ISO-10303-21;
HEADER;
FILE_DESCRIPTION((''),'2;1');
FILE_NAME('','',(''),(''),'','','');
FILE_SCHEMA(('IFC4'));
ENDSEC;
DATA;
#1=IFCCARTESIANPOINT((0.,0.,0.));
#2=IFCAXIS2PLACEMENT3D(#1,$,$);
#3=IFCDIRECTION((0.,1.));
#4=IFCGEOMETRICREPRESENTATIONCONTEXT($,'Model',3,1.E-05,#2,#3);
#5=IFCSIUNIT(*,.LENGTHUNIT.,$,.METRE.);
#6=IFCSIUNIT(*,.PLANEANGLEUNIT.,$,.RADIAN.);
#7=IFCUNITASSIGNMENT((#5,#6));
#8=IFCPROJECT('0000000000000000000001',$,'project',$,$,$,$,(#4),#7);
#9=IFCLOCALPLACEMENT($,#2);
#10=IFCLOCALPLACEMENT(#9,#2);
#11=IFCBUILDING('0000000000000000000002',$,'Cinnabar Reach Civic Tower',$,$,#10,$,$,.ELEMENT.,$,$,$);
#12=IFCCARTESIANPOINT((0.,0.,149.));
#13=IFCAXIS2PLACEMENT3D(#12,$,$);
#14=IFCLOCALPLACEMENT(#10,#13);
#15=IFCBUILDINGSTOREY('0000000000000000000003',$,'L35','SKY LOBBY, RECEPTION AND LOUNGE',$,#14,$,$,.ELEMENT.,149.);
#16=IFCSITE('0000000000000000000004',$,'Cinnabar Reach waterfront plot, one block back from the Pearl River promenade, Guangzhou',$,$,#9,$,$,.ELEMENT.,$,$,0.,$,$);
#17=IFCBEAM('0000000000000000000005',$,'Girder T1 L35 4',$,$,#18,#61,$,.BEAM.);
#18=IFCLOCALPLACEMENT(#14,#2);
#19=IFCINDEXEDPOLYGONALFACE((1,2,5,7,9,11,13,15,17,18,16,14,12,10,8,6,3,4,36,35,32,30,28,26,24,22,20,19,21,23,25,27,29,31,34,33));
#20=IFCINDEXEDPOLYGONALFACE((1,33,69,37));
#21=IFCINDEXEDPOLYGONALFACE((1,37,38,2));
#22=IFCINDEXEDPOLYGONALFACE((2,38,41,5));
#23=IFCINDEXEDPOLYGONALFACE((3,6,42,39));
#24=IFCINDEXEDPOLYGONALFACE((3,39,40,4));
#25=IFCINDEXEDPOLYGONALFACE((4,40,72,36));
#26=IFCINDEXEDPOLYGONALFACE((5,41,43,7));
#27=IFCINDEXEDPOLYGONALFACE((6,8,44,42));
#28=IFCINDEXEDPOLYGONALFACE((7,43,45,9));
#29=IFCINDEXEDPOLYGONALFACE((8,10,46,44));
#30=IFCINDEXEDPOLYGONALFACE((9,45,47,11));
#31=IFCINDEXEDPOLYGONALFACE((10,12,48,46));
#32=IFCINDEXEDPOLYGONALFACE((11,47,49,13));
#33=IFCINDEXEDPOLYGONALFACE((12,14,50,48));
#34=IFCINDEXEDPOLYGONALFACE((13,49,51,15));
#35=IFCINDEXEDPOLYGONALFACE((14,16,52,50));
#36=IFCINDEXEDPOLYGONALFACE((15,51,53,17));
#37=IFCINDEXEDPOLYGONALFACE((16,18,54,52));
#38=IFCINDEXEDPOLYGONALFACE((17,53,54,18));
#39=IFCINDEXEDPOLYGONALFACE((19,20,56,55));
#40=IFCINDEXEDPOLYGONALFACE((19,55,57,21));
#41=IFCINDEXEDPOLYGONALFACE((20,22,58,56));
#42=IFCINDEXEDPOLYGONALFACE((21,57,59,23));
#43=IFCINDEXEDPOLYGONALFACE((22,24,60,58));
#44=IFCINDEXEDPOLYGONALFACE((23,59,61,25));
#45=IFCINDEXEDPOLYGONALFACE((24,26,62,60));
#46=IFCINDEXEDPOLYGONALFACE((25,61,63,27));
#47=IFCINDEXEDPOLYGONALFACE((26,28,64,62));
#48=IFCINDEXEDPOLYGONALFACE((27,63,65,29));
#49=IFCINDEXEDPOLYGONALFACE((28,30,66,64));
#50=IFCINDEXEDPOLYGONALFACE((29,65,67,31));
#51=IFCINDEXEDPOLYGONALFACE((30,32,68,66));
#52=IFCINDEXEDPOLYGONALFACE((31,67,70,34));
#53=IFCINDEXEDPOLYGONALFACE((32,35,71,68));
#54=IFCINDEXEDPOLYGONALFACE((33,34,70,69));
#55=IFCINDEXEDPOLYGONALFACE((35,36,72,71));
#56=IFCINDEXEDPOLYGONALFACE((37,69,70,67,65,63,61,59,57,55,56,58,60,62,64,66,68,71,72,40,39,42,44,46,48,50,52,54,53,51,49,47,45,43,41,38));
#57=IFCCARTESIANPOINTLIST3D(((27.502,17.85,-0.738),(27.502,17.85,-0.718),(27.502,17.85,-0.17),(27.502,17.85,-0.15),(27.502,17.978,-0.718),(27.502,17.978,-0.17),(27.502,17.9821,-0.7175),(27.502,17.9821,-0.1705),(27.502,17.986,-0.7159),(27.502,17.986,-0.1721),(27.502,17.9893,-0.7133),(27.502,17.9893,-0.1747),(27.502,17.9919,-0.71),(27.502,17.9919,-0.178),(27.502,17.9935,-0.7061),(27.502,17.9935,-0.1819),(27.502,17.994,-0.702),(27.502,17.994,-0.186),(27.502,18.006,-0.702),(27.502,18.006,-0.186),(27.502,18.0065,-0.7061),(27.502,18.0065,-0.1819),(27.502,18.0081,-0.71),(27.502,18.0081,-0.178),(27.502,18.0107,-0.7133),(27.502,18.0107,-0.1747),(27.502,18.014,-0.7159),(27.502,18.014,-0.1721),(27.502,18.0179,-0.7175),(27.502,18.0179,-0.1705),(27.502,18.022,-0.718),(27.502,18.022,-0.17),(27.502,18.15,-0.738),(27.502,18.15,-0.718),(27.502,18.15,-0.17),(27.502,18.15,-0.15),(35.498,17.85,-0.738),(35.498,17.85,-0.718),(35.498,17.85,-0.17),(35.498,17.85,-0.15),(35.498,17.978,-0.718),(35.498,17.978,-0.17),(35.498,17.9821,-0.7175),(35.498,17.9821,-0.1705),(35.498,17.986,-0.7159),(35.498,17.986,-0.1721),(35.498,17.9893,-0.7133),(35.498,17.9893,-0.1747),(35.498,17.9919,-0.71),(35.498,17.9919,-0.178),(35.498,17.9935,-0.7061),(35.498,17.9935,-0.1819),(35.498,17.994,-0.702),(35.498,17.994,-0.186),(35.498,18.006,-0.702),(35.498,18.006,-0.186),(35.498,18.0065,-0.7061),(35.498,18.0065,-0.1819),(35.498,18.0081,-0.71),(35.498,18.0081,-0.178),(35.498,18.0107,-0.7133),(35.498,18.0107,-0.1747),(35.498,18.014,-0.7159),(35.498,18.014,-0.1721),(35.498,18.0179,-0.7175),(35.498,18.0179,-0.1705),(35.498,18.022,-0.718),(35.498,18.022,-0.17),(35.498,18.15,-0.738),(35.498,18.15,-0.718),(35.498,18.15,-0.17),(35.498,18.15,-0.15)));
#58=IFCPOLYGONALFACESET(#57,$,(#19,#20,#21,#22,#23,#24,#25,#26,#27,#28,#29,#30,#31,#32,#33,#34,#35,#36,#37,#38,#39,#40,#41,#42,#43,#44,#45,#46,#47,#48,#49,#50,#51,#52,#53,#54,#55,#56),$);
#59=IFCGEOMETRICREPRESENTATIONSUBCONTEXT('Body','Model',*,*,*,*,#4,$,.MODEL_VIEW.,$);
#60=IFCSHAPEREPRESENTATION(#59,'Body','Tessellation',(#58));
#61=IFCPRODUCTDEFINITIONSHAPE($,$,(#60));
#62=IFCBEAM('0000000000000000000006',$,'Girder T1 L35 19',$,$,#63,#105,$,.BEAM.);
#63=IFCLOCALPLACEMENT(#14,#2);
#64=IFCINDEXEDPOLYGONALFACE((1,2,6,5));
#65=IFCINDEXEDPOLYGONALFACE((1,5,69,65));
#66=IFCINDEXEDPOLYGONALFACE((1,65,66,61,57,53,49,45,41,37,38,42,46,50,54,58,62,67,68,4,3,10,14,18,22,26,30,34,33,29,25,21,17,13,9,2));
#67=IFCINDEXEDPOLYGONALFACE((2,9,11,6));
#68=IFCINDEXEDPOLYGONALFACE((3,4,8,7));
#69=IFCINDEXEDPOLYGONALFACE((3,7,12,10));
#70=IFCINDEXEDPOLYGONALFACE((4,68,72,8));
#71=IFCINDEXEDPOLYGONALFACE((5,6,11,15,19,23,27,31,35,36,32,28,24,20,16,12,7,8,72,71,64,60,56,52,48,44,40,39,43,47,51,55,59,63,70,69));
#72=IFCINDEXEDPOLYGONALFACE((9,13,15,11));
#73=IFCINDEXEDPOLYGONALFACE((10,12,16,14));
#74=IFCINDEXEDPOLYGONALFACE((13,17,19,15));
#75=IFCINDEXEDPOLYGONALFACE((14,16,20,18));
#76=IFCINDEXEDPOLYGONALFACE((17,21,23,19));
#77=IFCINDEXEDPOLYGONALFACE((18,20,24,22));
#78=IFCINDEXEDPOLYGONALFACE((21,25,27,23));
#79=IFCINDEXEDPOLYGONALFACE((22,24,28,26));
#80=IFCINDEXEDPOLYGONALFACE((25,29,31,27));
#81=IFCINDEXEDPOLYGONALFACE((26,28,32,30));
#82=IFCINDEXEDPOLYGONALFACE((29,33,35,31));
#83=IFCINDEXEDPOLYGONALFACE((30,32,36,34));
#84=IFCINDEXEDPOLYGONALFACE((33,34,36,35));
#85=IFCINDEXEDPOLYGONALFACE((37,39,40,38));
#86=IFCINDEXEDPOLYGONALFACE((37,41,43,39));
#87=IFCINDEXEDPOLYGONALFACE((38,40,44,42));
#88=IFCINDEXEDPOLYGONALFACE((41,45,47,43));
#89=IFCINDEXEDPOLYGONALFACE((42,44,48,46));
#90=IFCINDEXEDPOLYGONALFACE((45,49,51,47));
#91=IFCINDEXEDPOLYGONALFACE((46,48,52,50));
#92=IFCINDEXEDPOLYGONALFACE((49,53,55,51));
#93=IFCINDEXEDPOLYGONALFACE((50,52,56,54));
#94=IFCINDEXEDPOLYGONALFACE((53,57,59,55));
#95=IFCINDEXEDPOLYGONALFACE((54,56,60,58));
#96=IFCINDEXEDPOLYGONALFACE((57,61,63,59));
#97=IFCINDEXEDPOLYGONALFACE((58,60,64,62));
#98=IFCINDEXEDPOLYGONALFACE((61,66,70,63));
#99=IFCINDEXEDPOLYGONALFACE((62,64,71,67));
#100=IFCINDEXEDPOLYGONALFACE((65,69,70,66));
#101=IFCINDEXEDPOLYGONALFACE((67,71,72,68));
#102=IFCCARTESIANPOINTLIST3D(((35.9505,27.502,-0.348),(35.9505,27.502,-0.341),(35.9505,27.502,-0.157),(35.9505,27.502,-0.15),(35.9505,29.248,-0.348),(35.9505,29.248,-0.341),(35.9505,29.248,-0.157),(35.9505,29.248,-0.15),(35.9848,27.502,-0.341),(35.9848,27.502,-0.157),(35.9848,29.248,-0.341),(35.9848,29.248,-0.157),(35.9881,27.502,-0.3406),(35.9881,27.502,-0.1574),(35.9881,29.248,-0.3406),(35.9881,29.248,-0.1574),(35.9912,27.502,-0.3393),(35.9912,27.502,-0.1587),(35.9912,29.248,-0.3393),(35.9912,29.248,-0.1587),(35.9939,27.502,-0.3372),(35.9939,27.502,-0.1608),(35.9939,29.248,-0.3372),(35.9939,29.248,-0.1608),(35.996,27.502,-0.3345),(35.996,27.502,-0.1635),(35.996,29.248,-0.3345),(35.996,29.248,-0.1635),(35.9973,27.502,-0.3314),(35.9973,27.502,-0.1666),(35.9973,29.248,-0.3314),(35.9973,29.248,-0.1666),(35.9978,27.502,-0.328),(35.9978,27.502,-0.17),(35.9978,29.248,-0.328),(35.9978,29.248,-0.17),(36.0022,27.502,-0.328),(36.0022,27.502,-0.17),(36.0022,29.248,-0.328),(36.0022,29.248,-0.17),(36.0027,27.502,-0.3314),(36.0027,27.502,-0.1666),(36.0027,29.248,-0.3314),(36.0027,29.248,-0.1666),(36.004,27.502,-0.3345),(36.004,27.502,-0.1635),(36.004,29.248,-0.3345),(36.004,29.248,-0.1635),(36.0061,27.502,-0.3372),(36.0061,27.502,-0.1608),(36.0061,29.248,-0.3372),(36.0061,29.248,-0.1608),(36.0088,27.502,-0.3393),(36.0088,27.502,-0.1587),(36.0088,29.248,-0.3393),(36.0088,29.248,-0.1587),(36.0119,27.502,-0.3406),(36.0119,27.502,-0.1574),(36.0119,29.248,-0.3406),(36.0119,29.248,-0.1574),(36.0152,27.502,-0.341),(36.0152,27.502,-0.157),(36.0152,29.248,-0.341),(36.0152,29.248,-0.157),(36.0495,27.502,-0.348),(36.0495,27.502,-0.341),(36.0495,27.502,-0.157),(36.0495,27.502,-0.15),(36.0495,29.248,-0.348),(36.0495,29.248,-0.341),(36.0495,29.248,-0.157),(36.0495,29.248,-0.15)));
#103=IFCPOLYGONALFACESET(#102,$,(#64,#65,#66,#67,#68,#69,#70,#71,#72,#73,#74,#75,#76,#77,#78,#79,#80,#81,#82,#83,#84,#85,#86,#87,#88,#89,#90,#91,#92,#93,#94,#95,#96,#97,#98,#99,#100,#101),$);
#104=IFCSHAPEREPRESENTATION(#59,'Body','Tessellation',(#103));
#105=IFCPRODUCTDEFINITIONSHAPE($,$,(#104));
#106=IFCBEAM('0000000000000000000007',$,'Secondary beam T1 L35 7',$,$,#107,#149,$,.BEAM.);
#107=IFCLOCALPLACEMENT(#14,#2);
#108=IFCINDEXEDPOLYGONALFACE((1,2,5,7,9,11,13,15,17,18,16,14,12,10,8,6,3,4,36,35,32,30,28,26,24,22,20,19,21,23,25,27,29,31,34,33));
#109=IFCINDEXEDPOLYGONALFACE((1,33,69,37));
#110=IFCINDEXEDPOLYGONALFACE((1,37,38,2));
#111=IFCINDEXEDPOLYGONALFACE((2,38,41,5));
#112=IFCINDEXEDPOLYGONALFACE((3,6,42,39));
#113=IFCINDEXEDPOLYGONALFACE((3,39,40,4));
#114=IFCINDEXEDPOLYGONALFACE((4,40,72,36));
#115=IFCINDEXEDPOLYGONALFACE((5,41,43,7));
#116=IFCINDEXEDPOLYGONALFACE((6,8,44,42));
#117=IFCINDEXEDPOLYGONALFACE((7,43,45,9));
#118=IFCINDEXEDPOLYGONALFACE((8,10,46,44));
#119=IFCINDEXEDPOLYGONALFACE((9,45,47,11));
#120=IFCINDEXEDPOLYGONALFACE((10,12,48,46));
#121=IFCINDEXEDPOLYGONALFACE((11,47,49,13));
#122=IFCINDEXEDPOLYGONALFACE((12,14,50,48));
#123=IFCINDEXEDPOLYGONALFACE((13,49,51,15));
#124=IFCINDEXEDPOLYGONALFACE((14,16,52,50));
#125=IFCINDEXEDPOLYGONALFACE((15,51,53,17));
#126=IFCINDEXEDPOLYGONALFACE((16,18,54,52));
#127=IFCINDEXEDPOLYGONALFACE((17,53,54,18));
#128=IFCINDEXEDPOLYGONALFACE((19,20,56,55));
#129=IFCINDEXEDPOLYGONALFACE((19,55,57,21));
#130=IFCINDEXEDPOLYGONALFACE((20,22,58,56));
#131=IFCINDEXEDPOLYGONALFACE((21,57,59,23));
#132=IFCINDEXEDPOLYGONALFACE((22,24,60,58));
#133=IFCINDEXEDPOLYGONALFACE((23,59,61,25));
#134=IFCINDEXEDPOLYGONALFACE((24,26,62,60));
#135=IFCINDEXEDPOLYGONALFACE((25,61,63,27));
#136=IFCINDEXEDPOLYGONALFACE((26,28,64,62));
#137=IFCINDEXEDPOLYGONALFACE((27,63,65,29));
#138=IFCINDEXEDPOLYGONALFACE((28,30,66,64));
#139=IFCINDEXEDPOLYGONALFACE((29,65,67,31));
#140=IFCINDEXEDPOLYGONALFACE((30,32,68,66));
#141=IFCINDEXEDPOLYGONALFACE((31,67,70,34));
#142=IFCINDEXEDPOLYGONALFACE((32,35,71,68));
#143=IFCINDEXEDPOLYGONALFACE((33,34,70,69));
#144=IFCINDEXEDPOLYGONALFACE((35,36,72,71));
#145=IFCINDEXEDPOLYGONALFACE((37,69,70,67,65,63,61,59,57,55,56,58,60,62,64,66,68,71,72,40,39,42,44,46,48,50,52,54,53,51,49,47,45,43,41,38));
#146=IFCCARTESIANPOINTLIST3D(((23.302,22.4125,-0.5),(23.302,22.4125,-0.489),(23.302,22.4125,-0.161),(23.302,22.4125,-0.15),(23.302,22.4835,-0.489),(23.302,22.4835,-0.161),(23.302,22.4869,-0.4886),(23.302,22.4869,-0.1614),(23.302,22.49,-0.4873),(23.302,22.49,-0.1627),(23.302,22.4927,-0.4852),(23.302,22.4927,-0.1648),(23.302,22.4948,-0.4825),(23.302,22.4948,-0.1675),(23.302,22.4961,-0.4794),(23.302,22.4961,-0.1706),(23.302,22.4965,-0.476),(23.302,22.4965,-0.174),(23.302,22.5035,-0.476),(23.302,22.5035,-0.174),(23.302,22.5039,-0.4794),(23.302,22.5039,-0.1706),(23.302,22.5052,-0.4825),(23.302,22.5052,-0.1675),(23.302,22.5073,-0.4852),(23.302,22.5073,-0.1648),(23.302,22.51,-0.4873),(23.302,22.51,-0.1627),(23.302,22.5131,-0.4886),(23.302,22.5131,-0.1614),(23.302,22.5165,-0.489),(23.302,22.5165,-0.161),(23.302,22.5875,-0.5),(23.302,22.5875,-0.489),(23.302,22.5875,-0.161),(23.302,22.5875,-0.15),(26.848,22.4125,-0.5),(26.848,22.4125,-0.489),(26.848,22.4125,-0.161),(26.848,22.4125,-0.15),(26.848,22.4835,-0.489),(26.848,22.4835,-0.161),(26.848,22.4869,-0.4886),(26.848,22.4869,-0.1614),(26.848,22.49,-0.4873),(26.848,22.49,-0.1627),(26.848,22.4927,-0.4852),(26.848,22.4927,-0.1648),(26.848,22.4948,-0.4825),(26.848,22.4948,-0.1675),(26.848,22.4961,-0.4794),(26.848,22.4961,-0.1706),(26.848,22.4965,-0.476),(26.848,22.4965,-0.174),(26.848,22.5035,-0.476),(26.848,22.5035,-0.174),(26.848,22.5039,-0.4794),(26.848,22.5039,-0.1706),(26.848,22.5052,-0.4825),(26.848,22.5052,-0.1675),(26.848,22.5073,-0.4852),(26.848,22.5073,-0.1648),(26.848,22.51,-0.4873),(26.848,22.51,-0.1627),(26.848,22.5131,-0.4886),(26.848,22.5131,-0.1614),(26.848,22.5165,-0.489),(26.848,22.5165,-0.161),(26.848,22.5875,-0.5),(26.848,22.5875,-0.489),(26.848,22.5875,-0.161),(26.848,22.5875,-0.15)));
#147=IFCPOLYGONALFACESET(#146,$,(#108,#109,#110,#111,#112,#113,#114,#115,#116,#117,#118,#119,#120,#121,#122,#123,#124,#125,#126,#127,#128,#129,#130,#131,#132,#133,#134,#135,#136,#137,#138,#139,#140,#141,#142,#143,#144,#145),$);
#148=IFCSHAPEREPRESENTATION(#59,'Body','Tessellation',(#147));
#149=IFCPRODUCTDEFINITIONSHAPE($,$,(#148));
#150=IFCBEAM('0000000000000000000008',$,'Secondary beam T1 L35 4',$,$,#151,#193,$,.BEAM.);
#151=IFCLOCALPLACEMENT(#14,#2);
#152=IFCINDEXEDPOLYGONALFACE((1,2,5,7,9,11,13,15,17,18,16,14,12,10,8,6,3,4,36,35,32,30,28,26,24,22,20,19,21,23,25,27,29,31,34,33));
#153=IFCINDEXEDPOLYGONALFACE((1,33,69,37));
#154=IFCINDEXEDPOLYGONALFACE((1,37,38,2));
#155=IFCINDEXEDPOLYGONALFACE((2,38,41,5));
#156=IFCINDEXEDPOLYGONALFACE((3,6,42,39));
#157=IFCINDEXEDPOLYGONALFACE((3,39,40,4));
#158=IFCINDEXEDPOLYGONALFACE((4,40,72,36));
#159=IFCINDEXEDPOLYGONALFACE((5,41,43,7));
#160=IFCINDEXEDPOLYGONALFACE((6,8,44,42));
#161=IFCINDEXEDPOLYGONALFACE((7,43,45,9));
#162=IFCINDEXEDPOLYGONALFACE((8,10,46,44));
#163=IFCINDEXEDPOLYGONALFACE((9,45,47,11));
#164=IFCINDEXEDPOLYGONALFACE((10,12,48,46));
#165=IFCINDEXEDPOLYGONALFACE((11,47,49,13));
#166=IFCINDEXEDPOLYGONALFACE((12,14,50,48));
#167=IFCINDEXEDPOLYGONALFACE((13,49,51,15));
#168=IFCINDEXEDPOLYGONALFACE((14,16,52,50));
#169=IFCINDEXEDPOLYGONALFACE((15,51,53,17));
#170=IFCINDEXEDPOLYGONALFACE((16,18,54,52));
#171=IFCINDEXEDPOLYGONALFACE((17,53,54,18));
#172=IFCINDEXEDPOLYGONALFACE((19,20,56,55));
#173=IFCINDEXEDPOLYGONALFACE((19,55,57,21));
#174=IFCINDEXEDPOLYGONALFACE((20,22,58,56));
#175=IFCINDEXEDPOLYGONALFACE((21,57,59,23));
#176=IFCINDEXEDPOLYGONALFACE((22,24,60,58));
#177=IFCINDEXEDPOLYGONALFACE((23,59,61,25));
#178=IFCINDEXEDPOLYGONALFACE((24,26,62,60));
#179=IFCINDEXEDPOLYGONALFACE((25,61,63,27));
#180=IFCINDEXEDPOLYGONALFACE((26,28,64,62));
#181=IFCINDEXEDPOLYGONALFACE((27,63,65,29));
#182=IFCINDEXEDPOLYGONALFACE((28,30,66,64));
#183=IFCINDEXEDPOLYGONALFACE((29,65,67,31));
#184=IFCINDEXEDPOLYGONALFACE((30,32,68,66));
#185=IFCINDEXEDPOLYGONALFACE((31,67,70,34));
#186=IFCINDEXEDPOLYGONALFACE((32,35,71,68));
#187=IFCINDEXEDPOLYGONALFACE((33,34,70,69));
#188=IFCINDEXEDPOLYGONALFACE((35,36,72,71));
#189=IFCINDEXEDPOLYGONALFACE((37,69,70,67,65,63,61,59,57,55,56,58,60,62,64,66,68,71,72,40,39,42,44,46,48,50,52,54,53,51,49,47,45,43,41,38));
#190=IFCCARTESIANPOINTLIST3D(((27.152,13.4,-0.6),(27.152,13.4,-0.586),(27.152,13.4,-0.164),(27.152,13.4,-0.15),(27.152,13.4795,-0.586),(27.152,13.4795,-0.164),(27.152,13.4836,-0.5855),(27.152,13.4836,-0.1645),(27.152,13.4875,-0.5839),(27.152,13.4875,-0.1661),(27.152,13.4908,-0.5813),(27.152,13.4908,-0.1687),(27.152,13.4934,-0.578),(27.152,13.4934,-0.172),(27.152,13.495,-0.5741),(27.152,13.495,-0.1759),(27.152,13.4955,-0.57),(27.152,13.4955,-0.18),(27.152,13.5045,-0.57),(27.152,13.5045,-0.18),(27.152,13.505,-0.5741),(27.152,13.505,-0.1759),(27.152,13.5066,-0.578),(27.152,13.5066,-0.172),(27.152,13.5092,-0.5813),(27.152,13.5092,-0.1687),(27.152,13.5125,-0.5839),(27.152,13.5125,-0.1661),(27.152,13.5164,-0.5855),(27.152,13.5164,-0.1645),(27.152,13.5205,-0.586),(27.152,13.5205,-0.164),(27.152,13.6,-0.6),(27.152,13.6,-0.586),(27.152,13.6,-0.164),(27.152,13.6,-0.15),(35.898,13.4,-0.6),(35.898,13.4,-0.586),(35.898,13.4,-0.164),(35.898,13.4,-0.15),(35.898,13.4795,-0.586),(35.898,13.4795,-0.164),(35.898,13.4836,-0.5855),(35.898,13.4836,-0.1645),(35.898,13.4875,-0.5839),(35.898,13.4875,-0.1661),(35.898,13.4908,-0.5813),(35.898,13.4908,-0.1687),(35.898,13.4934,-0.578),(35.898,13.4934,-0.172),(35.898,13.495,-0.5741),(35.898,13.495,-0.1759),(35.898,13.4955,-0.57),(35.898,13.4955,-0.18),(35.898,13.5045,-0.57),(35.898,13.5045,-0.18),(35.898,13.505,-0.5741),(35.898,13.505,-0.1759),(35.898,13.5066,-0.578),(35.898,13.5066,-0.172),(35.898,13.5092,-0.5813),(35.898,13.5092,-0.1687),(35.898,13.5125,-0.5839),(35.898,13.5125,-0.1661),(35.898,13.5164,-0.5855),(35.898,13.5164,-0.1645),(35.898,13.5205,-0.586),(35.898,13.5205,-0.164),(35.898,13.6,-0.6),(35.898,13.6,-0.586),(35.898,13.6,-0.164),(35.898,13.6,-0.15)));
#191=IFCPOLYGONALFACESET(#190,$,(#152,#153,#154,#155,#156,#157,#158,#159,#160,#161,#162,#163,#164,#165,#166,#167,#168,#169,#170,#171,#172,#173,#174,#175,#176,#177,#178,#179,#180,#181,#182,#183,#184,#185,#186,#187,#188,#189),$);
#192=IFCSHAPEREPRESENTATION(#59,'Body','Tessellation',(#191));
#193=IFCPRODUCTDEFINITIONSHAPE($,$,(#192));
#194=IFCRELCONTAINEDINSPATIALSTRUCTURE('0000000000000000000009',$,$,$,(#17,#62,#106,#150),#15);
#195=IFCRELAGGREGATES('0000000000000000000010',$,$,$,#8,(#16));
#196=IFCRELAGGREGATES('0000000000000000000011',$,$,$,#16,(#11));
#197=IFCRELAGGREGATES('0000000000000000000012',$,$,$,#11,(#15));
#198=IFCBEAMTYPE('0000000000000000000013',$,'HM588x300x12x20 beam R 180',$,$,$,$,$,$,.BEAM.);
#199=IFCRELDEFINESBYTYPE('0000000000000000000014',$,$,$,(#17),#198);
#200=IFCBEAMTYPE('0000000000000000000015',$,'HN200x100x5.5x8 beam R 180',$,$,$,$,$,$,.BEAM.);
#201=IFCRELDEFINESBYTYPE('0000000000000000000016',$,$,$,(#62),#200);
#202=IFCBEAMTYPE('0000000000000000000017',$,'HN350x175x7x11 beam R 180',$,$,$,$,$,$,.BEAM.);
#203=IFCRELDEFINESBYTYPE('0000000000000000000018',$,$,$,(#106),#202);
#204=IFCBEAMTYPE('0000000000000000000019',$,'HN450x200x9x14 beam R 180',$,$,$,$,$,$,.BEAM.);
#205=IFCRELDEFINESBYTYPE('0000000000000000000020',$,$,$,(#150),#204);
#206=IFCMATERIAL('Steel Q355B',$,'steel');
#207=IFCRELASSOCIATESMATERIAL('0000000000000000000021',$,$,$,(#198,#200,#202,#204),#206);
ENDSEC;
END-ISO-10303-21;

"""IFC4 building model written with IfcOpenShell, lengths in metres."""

from ifc_helpers import new_model, si_unit, direction, frame, origin, origin_2d, place, context, subcontext, project, spatial, i_section, extrude, material, material_profile, profile_set, type_object, element, save


model = new_model("IFC4")

# Units and contexts
model_context = context("Model", 3, precision=1e-05, world=origin(), true_north=direction((0.0, 1.0)))
body_context = subcontext(model_context, "Body", "Model", "MODEL_VIEW")
ifc_project = project(units=[si_unit("LENGTHUNIT", "METRE"), si_unit("PLANEANGLEUNIT", "RADIAN")], contexts=[model_context])

# Site, building, storey
site_placement = place(None, origin())
site = spatial("IfcSite", under=ifc_project, at=site_placement, Name="Cinnabar Reach waterfront plot, one block back from the Pearl River promenade, Guangzhou", CompositionType="ELEMENT", RefElevation=0.0)
building_placement = place(site_placement, origin())
building = spatial("IfcBuilding", under=site, at=building_placement, Name="Cinnabar Reach Civic Tower", CompositionType="ELEMENT")
storey_placement = place(building_placement, frame((0.0, 0.0, 149.0)))
storey = spatial("IfcBuildingStorey", under=building, at=storey_placement, Name="L35", Description="SKY LOBBY, RECEPTION AND LOUNGE", CompositionType="ELEMENT", Elevation=149.0)

# Beams
ifc_material_1 = material(Name="Steel Q355B", Category="steel")
ifc_material_profile_1 = material_profile(ifc_material_1, i_section(OverallWidth=0.3, OverallDepth=0.588, WebThickness=0.012, FlangeThickness=0.02, FilletRadius=0.016, at=origin_2d()), Name="HM588x300x12x20")
ifc_profile_set_1 = profile_set([ifc_material_profile_1], Name="Steel Q355B")
beam_type_1 = type_object("IfcBeamType", Name="HM588x300x12x20 beam R 180", PredefinedType="BEAM", material=ifc_profile_set_1)
beam_1_placement = place(storey_placement, frame((27.502, 18.0, -0.444), z_axis=(1.0, 0.0, 0.0), x_axis=(0.0, 1.0, 0.0)))
element("IfcBeam", 1, at=beam_1_placement, inside=storey, type_object=beam_type_1, Name="Girder T1 L35 4", PredefinedType="BEAM", context=body_context, shape_type="SweptSolid", body=[
    extrude(i_section(OverallWidth=0.3, OverallDepth=0.588, WebThickness=0.012, FlangeThickness=0.02, FilletRadius=0.016, at=origin_2d()), origin(), (0.0, 0.0, 1.0), 7.996),
])
ifc_material_profile_2 = material_profile(ifc_material_1, i_section(OverallWidth=0.099, OverallDepth=0.198, WebThickness=0.0045, FlangeThickness=0.007, FilletRadius=0.013, at=origin_2d()), Name="HN200x100x5.5x8")
ifc_profile_set_2 = profile_set([ifc_material_profile_2], Name="Steel Q355B")
beam_type_2 = type_object("IfcBeamType", Name="HN200x100x5.5x8 beam R 180", PredefinedType="BEAM", material=ifc_profile_set_2)
beam_2_placement = place(storey_placement, frame((36.0, 27.502, -0.249), z_axis=(0.0, 1.0, 0.0), x_axis=(-1.0, 0.0, 0.0)))
element("IfcBeam", 2, at=beam_2_placement, inside=storey, type_object=beam_type_2, Name="Girder T1 L35 19", PredefinedType="BEAM", context=body_context, shape_type="SweptSolid", body=[
    extrude(i_section(OverallWidth=0.099, OverallDepth=0.198, WebThickness=0.0045, FlangeThickness=0.007, FilletRadius=0.013, at=origin_2d()), origin(), (0.0, 0.0, 1.0), 1.746),
])
ifc_material_profile_3 = material_profile(ifc_material_1, i_section(OverallWidth=0.175, OverallDepth=0.35, WebThickness=0.007, FlangeThickness=0.011, FilletRadius=0.013, at=origin_2d()), Name="HN350x175x7x11")
ifc_profile_set_3 = profile_set([ifc_material_profile_3], Name="Steel Q355B")
beam_type_3 = type_object("IfcBeamType", Name="HN350x175x7x11 beam R 180", PredefinedType="BEAM", material=ifc_profile_set_3)
beam_3_placement = place(storey_placement, frame((23.302, 22.5, -0.325), z_axis=(1.0, 0.0, 0.0), x_axis=(0.0, 1.0, 0.0)))
element("IfcBeam", 3, at=beam_3_placement, inside=storey, type_object=beam_type_3, Name="Secondary beam T1 L35 7", PredefinedType="BEAM", context=body_context, shape_type="SweptSolid", body=[
    extrude(i_section(OverallWidth=0.175, OverallDepth=0.35, WebThickness=0.007, FlangeThickness=0.011, FilletRadius=0.013, at=origin_2d()), origin(), (0.0, 0.0, 1.0), 3.546),
])
ifc_material_profile_4 = material_profile(ifc_material_1, i_section(OverallWidth=0.2, OverallDepth=0.45, WebThickness=0.009, FlangeThickness=0.014, FilletRadius=0.016, at=origin_2d()), Name="HN450x200x9x14")
ifc_profile_set_4 = profile_set([ifc_material_profile_4], Name="Steel Q355B")
beam_type_4 = type_object("IfcBeamType", Name="HN450x200x9x14 beam R 180", PredefinedType="BEAM", material=ifc_profile_set_4)
beam_4_placement = place(storey_placement, frame((27.152, 13.5, -0.375), z_axis=(1.0, 0.0, 0.0), x_axis=(0.0, 1.0, 0.0)))
element("IfcBeam", 4, at=beam_4_placement, inside=storey, type_object=beam_type_4, Name="Secondary beam T1 L35 4", PredefinedType="BEAM", context=body_context, shape_type="SweptSolid", body=[
    extrude(i_section(OverallWidth=0.2, OverallDepth=0.45, WebThickness=0.009, FlangeThickness=0.014, FilletRadius=0.016, at=origin_2d()), origin(), (0.0, 0.0, 1.0), 8.746),
])

save(model, "model.ifc")
